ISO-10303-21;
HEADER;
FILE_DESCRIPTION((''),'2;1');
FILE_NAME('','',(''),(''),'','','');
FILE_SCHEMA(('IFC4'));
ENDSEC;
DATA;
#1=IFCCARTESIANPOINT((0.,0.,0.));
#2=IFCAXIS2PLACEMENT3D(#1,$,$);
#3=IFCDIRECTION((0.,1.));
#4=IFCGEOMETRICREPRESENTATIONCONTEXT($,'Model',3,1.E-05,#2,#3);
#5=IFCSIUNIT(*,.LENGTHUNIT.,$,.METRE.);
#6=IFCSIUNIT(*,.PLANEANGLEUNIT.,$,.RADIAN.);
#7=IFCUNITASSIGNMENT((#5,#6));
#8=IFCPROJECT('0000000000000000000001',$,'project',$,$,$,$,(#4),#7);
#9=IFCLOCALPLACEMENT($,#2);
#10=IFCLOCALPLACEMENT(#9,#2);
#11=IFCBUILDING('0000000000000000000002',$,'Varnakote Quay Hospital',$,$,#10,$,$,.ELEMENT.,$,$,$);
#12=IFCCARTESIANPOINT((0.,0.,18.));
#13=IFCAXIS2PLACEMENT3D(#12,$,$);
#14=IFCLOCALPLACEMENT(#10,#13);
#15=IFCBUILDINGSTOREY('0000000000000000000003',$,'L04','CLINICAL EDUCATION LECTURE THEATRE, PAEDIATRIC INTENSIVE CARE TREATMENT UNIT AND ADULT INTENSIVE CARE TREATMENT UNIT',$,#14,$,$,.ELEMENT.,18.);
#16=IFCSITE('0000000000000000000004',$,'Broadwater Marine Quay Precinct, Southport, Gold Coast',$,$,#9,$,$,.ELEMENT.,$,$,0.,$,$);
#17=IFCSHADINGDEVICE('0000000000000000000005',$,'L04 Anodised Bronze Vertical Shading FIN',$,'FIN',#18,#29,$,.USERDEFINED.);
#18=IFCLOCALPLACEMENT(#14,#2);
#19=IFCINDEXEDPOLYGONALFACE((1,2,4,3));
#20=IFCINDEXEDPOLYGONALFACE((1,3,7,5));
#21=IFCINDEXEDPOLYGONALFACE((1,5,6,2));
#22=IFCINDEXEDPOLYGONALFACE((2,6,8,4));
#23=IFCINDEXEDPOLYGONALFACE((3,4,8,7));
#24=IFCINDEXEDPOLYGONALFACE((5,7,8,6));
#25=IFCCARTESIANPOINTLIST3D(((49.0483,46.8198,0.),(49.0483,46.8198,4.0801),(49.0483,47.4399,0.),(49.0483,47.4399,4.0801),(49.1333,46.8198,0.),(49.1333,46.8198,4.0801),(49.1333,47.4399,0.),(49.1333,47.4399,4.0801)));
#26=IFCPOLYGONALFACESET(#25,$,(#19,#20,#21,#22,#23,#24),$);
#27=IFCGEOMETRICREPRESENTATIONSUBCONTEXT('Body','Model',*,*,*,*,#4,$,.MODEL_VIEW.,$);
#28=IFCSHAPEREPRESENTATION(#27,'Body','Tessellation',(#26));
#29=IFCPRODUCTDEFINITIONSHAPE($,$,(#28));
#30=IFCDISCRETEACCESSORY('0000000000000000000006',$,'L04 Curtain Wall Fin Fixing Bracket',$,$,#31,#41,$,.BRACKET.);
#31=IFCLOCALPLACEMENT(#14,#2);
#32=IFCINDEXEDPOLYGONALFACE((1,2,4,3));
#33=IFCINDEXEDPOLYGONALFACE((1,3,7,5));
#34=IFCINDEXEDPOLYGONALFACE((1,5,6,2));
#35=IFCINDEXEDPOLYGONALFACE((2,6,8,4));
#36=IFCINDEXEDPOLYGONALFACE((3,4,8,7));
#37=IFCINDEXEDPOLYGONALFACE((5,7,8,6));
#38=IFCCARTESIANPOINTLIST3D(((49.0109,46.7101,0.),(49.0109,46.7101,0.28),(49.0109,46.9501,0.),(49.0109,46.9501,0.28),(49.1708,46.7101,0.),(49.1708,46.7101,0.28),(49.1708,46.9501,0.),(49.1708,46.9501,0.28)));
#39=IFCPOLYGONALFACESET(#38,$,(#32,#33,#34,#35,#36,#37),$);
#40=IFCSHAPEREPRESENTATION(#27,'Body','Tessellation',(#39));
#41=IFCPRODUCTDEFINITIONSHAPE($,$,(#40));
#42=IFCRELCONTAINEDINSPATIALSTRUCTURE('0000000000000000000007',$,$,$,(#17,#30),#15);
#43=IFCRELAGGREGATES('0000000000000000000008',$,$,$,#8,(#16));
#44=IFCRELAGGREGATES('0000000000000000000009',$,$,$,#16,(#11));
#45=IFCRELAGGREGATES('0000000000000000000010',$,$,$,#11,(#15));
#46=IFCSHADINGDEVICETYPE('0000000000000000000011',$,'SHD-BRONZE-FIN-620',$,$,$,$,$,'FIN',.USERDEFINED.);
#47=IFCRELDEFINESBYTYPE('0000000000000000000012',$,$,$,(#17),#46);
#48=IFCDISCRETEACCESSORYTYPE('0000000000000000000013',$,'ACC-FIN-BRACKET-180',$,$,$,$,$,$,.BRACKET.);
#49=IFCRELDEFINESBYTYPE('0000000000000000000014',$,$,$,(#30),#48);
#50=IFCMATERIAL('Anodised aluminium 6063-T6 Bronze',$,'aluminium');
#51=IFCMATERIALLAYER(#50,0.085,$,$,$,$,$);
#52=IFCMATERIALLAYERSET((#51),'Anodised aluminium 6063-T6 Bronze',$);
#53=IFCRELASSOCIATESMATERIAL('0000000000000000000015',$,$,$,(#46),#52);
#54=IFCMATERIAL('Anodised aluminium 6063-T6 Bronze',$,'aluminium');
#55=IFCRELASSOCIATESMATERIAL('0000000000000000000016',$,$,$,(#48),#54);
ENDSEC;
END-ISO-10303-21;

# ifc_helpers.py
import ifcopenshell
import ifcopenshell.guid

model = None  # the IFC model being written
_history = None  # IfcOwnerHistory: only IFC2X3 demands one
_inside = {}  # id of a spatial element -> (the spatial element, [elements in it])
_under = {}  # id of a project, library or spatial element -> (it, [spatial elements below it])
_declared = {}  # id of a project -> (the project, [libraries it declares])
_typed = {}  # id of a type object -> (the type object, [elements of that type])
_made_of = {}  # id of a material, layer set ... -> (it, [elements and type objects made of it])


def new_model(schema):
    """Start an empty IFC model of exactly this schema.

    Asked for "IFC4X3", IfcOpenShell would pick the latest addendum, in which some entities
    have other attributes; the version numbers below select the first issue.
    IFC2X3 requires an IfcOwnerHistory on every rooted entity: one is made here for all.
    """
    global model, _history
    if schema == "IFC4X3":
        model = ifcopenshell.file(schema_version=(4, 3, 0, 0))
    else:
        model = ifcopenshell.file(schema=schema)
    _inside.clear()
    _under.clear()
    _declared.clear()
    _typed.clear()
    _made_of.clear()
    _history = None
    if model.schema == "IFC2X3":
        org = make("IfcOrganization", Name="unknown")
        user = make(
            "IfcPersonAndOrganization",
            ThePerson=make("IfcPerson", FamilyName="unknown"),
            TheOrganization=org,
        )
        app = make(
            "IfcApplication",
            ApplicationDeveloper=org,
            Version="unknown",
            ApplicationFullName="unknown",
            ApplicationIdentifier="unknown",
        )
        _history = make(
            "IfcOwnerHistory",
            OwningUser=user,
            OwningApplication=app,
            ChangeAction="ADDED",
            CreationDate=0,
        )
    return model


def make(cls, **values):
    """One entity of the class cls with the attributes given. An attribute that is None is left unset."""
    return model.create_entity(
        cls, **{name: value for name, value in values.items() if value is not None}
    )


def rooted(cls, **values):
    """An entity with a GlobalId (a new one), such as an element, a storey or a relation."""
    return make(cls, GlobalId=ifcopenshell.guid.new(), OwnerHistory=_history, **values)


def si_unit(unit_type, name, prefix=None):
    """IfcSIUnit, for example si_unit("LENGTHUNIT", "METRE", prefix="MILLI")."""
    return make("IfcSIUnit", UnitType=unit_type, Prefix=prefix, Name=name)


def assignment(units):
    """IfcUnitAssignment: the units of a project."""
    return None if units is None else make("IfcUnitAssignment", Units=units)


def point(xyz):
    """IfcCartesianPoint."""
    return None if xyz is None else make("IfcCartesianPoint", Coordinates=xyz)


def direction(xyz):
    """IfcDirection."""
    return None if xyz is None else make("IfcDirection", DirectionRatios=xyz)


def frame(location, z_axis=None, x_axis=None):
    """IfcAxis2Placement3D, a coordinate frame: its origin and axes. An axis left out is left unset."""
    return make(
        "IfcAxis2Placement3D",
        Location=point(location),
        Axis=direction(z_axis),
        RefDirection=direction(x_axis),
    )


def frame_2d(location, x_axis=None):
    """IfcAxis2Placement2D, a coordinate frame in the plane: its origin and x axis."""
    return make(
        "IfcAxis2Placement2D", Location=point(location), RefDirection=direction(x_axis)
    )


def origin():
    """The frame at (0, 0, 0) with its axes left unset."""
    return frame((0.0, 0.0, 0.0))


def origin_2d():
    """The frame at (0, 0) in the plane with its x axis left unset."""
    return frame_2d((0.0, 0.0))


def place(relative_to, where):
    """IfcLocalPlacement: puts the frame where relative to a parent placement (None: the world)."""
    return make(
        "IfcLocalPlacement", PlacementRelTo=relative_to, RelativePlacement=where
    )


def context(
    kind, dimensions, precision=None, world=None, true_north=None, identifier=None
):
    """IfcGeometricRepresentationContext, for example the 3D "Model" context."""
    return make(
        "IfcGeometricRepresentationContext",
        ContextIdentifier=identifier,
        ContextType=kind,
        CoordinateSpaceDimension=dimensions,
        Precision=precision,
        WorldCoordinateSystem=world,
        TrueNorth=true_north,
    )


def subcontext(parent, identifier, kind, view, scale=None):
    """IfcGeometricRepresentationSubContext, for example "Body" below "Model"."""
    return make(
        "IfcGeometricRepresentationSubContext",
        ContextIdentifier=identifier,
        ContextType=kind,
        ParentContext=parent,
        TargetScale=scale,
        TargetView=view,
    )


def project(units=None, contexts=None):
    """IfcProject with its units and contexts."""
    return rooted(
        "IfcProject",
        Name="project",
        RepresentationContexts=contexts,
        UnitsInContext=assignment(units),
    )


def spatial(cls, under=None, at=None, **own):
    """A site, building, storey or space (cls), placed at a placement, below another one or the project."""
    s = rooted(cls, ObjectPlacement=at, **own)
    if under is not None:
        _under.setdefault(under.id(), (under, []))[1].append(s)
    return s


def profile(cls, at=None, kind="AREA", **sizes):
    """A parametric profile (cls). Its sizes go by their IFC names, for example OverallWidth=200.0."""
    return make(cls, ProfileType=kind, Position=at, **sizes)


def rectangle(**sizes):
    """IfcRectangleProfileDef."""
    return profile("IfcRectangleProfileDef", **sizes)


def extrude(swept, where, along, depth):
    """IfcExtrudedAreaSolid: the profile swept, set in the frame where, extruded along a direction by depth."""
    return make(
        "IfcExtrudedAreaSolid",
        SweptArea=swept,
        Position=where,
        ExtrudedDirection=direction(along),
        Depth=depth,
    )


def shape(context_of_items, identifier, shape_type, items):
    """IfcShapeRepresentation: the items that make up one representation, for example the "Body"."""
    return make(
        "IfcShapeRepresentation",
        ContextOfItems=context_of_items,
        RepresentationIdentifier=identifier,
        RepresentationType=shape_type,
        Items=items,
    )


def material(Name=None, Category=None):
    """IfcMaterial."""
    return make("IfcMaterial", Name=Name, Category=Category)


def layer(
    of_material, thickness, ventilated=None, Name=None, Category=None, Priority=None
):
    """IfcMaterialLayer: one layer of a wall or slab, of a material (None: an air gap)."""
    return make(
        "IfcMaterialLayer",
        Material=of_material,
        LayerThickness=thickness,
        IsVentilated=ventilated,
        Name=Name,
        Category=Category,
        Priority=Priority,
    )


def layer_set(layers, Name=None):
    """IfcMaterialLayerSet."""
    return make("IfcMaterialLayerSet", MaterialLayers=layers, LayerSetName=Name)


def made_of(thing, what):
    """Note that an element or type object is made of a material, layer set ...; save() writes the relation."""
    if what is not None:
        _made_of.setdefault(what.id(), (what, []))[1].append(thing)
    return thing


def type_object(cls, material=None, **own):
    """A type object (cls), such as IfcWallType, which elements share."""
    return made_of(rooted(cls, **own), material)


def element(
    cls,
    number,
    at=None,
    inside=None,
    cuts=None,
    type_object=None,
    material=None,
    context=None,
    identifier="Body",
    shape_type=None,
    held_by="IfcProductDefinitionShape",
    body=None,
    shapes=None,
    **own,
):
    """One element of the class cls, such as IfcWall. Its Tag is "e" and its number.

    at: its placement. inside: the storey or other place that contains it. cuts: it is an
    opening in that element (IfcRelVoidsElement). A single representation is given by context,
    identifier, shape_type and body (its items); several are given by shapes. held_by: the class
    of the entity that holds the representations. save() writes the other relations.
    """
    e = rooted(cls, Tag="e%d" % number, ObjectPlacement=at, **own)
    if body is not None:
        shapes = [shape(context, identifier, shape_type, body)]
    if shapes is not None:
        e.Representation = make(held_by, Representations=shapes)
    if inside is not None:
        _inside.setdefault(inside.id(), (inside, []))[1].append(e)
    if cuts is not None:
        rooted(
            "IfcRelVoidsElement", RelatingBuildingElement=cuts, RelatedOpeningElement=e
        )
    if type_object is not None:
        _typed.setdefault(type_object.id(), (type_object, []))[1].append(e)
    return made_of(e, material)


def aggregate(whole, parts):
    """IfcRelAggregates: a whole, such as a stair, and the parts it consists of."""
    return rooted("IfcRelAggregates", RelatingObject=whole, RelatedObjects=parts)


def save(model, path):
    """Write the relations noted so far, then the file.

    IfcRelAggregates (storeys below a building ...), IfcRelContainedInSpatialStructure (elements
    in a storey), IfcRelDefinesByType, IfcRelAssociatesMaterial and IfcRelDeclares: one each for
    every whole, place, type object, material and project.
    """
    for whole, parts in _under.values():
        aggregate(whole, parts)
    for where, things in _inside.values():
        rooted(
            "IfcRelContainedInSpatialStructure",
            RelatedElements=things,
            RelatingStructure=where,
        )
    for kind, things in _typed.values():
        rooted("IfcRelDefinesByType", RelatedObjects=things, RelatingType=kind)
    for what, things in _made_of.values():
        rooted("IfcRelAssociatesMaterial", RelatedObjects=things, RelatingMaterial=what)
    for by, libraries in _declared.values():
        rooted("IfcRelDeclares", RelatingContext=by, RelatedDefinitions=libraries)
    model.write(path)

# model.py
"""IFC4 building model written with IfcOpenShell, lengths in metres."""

from ifc_helpers import new_model, si_unit, direction, frame, origin, origin_2d, place, context, subcontext, project, spatial, rectangle, extrude, material, layer, layer_set, type_object, element, save


model = new_model("IFC4")

# Units and contexts
model_context = context("Model", 3, precision=1e-05, world=origin(), true_north=direction((0.0, 1.0)))
body_context = subcontext(model_context, "Body", "Model", "MODEL_VIEW")
ifc_project = project(units=[si_unit("LENGTHUNIT", "METRE"), si_unit("PLANEANGLEUNIT", "RADIAN")], contexts=[model_context])

# Site, building, storey
site_placement = place(None, origin())
site = spatial("IfcSite", under=ifc_project, at=site_placement, Name="Broadwater Marine Quay Precinct, Southport, Gold Coast", CompositionType="ELEMENT", RefElevation=0.0)
building_placement = place(site_placement, origin())
building = spatial("IfcBuilding", under=site, at=building_placement, Name="Varnakote Quay Hospital", CompositionType="ELEMENT")
storey_placement = place(building_placement, frame((0.0, 0.0, 18.0)))
storey = spatial("IfcBuildingStorey", under=building, at=storey_placement, Name="L04", Description="CLINICAL EDUCATION LECTURE THEATRE, PAEDIATRIC INTENSIVE CARE TREATMENT UNIT AND ADULT INTENSIVE CARE TREATMENT UNIT", CompositionType="ELEMENT", Elevation=18.0)

# Shading device
ifc_material_1 = material(Name="Anodised aluminium 6063-T6 Bronze", Category="aluminium")
ifc_layer_1 = layer(ifc_material_1, 0.085)
ifc_layer_set_1 = layer_set([ifc_layer_1], Name="Anodised aluminium 6063-T6 Bronze")
shading_device_type = type_object("IfcShadingDeviceType", Name="SHD-BRONZE-FIN-620", ElementType="FIN", PredefinedType="USERDEFINED", material=ifc_layer_set_1)
shading_device_placement = place(storey_placement, frame((49.0908, 47.1299, 0.0), z_axis=(0.0, 0.0, 1.0), x_axis=(0.0, -1.0, 0.0)))
element("IfcShadingDevice", 1, at=shading_device_placement, inside=storey, type_object=shading_device_type, Name="L04 Anodised Bronze Vertical Shading FIN", ObjectType="FIN", PredefinedType="USERDEFINED", context=body_context, shape_type="SweptSolid", body=[
    extrude(rectangle(XDim=0.6201, YDim=0.085, at=origin_2d()), origin(), (0.0, 0.0, 1.0), 4.0801),
])

# Discrete accessory
ifc_material_2 = material(Name="Anodised aluminium 6063-T6 Bronze", Category="aluminium")
discrete_accessory_type = type_object("IfcDiscreteAccessoryType", Name="ACC-FIN-BRACKET-180", PredefinedType="BRACKET", material=ifc_material_2)
discrete_accessory_placement = place(storey_placement, frame((49.0908, 46.8301, 0.0), z_axis=(0.0, 0.0, 1.0), x_axis=(-1.0, 0.0, 0.0)))
element("IfcDiscreteAccessory", 2, at=discrete_accessory_placement, inside=storey, type_object=discrete_accessory_type, Name="L04 Curtain Wall Fin Fixing Bracket", PredefinedType="BRACKET", context=body_context, shape_type="SweptSolid", body=[
    extrude(rectangle(XDim=0.1599, YDim=0.24, at=origin_2d()), origin(), (0.0, 0.0, 1.0), 0.28),
])

save(model, "model.ifc")
